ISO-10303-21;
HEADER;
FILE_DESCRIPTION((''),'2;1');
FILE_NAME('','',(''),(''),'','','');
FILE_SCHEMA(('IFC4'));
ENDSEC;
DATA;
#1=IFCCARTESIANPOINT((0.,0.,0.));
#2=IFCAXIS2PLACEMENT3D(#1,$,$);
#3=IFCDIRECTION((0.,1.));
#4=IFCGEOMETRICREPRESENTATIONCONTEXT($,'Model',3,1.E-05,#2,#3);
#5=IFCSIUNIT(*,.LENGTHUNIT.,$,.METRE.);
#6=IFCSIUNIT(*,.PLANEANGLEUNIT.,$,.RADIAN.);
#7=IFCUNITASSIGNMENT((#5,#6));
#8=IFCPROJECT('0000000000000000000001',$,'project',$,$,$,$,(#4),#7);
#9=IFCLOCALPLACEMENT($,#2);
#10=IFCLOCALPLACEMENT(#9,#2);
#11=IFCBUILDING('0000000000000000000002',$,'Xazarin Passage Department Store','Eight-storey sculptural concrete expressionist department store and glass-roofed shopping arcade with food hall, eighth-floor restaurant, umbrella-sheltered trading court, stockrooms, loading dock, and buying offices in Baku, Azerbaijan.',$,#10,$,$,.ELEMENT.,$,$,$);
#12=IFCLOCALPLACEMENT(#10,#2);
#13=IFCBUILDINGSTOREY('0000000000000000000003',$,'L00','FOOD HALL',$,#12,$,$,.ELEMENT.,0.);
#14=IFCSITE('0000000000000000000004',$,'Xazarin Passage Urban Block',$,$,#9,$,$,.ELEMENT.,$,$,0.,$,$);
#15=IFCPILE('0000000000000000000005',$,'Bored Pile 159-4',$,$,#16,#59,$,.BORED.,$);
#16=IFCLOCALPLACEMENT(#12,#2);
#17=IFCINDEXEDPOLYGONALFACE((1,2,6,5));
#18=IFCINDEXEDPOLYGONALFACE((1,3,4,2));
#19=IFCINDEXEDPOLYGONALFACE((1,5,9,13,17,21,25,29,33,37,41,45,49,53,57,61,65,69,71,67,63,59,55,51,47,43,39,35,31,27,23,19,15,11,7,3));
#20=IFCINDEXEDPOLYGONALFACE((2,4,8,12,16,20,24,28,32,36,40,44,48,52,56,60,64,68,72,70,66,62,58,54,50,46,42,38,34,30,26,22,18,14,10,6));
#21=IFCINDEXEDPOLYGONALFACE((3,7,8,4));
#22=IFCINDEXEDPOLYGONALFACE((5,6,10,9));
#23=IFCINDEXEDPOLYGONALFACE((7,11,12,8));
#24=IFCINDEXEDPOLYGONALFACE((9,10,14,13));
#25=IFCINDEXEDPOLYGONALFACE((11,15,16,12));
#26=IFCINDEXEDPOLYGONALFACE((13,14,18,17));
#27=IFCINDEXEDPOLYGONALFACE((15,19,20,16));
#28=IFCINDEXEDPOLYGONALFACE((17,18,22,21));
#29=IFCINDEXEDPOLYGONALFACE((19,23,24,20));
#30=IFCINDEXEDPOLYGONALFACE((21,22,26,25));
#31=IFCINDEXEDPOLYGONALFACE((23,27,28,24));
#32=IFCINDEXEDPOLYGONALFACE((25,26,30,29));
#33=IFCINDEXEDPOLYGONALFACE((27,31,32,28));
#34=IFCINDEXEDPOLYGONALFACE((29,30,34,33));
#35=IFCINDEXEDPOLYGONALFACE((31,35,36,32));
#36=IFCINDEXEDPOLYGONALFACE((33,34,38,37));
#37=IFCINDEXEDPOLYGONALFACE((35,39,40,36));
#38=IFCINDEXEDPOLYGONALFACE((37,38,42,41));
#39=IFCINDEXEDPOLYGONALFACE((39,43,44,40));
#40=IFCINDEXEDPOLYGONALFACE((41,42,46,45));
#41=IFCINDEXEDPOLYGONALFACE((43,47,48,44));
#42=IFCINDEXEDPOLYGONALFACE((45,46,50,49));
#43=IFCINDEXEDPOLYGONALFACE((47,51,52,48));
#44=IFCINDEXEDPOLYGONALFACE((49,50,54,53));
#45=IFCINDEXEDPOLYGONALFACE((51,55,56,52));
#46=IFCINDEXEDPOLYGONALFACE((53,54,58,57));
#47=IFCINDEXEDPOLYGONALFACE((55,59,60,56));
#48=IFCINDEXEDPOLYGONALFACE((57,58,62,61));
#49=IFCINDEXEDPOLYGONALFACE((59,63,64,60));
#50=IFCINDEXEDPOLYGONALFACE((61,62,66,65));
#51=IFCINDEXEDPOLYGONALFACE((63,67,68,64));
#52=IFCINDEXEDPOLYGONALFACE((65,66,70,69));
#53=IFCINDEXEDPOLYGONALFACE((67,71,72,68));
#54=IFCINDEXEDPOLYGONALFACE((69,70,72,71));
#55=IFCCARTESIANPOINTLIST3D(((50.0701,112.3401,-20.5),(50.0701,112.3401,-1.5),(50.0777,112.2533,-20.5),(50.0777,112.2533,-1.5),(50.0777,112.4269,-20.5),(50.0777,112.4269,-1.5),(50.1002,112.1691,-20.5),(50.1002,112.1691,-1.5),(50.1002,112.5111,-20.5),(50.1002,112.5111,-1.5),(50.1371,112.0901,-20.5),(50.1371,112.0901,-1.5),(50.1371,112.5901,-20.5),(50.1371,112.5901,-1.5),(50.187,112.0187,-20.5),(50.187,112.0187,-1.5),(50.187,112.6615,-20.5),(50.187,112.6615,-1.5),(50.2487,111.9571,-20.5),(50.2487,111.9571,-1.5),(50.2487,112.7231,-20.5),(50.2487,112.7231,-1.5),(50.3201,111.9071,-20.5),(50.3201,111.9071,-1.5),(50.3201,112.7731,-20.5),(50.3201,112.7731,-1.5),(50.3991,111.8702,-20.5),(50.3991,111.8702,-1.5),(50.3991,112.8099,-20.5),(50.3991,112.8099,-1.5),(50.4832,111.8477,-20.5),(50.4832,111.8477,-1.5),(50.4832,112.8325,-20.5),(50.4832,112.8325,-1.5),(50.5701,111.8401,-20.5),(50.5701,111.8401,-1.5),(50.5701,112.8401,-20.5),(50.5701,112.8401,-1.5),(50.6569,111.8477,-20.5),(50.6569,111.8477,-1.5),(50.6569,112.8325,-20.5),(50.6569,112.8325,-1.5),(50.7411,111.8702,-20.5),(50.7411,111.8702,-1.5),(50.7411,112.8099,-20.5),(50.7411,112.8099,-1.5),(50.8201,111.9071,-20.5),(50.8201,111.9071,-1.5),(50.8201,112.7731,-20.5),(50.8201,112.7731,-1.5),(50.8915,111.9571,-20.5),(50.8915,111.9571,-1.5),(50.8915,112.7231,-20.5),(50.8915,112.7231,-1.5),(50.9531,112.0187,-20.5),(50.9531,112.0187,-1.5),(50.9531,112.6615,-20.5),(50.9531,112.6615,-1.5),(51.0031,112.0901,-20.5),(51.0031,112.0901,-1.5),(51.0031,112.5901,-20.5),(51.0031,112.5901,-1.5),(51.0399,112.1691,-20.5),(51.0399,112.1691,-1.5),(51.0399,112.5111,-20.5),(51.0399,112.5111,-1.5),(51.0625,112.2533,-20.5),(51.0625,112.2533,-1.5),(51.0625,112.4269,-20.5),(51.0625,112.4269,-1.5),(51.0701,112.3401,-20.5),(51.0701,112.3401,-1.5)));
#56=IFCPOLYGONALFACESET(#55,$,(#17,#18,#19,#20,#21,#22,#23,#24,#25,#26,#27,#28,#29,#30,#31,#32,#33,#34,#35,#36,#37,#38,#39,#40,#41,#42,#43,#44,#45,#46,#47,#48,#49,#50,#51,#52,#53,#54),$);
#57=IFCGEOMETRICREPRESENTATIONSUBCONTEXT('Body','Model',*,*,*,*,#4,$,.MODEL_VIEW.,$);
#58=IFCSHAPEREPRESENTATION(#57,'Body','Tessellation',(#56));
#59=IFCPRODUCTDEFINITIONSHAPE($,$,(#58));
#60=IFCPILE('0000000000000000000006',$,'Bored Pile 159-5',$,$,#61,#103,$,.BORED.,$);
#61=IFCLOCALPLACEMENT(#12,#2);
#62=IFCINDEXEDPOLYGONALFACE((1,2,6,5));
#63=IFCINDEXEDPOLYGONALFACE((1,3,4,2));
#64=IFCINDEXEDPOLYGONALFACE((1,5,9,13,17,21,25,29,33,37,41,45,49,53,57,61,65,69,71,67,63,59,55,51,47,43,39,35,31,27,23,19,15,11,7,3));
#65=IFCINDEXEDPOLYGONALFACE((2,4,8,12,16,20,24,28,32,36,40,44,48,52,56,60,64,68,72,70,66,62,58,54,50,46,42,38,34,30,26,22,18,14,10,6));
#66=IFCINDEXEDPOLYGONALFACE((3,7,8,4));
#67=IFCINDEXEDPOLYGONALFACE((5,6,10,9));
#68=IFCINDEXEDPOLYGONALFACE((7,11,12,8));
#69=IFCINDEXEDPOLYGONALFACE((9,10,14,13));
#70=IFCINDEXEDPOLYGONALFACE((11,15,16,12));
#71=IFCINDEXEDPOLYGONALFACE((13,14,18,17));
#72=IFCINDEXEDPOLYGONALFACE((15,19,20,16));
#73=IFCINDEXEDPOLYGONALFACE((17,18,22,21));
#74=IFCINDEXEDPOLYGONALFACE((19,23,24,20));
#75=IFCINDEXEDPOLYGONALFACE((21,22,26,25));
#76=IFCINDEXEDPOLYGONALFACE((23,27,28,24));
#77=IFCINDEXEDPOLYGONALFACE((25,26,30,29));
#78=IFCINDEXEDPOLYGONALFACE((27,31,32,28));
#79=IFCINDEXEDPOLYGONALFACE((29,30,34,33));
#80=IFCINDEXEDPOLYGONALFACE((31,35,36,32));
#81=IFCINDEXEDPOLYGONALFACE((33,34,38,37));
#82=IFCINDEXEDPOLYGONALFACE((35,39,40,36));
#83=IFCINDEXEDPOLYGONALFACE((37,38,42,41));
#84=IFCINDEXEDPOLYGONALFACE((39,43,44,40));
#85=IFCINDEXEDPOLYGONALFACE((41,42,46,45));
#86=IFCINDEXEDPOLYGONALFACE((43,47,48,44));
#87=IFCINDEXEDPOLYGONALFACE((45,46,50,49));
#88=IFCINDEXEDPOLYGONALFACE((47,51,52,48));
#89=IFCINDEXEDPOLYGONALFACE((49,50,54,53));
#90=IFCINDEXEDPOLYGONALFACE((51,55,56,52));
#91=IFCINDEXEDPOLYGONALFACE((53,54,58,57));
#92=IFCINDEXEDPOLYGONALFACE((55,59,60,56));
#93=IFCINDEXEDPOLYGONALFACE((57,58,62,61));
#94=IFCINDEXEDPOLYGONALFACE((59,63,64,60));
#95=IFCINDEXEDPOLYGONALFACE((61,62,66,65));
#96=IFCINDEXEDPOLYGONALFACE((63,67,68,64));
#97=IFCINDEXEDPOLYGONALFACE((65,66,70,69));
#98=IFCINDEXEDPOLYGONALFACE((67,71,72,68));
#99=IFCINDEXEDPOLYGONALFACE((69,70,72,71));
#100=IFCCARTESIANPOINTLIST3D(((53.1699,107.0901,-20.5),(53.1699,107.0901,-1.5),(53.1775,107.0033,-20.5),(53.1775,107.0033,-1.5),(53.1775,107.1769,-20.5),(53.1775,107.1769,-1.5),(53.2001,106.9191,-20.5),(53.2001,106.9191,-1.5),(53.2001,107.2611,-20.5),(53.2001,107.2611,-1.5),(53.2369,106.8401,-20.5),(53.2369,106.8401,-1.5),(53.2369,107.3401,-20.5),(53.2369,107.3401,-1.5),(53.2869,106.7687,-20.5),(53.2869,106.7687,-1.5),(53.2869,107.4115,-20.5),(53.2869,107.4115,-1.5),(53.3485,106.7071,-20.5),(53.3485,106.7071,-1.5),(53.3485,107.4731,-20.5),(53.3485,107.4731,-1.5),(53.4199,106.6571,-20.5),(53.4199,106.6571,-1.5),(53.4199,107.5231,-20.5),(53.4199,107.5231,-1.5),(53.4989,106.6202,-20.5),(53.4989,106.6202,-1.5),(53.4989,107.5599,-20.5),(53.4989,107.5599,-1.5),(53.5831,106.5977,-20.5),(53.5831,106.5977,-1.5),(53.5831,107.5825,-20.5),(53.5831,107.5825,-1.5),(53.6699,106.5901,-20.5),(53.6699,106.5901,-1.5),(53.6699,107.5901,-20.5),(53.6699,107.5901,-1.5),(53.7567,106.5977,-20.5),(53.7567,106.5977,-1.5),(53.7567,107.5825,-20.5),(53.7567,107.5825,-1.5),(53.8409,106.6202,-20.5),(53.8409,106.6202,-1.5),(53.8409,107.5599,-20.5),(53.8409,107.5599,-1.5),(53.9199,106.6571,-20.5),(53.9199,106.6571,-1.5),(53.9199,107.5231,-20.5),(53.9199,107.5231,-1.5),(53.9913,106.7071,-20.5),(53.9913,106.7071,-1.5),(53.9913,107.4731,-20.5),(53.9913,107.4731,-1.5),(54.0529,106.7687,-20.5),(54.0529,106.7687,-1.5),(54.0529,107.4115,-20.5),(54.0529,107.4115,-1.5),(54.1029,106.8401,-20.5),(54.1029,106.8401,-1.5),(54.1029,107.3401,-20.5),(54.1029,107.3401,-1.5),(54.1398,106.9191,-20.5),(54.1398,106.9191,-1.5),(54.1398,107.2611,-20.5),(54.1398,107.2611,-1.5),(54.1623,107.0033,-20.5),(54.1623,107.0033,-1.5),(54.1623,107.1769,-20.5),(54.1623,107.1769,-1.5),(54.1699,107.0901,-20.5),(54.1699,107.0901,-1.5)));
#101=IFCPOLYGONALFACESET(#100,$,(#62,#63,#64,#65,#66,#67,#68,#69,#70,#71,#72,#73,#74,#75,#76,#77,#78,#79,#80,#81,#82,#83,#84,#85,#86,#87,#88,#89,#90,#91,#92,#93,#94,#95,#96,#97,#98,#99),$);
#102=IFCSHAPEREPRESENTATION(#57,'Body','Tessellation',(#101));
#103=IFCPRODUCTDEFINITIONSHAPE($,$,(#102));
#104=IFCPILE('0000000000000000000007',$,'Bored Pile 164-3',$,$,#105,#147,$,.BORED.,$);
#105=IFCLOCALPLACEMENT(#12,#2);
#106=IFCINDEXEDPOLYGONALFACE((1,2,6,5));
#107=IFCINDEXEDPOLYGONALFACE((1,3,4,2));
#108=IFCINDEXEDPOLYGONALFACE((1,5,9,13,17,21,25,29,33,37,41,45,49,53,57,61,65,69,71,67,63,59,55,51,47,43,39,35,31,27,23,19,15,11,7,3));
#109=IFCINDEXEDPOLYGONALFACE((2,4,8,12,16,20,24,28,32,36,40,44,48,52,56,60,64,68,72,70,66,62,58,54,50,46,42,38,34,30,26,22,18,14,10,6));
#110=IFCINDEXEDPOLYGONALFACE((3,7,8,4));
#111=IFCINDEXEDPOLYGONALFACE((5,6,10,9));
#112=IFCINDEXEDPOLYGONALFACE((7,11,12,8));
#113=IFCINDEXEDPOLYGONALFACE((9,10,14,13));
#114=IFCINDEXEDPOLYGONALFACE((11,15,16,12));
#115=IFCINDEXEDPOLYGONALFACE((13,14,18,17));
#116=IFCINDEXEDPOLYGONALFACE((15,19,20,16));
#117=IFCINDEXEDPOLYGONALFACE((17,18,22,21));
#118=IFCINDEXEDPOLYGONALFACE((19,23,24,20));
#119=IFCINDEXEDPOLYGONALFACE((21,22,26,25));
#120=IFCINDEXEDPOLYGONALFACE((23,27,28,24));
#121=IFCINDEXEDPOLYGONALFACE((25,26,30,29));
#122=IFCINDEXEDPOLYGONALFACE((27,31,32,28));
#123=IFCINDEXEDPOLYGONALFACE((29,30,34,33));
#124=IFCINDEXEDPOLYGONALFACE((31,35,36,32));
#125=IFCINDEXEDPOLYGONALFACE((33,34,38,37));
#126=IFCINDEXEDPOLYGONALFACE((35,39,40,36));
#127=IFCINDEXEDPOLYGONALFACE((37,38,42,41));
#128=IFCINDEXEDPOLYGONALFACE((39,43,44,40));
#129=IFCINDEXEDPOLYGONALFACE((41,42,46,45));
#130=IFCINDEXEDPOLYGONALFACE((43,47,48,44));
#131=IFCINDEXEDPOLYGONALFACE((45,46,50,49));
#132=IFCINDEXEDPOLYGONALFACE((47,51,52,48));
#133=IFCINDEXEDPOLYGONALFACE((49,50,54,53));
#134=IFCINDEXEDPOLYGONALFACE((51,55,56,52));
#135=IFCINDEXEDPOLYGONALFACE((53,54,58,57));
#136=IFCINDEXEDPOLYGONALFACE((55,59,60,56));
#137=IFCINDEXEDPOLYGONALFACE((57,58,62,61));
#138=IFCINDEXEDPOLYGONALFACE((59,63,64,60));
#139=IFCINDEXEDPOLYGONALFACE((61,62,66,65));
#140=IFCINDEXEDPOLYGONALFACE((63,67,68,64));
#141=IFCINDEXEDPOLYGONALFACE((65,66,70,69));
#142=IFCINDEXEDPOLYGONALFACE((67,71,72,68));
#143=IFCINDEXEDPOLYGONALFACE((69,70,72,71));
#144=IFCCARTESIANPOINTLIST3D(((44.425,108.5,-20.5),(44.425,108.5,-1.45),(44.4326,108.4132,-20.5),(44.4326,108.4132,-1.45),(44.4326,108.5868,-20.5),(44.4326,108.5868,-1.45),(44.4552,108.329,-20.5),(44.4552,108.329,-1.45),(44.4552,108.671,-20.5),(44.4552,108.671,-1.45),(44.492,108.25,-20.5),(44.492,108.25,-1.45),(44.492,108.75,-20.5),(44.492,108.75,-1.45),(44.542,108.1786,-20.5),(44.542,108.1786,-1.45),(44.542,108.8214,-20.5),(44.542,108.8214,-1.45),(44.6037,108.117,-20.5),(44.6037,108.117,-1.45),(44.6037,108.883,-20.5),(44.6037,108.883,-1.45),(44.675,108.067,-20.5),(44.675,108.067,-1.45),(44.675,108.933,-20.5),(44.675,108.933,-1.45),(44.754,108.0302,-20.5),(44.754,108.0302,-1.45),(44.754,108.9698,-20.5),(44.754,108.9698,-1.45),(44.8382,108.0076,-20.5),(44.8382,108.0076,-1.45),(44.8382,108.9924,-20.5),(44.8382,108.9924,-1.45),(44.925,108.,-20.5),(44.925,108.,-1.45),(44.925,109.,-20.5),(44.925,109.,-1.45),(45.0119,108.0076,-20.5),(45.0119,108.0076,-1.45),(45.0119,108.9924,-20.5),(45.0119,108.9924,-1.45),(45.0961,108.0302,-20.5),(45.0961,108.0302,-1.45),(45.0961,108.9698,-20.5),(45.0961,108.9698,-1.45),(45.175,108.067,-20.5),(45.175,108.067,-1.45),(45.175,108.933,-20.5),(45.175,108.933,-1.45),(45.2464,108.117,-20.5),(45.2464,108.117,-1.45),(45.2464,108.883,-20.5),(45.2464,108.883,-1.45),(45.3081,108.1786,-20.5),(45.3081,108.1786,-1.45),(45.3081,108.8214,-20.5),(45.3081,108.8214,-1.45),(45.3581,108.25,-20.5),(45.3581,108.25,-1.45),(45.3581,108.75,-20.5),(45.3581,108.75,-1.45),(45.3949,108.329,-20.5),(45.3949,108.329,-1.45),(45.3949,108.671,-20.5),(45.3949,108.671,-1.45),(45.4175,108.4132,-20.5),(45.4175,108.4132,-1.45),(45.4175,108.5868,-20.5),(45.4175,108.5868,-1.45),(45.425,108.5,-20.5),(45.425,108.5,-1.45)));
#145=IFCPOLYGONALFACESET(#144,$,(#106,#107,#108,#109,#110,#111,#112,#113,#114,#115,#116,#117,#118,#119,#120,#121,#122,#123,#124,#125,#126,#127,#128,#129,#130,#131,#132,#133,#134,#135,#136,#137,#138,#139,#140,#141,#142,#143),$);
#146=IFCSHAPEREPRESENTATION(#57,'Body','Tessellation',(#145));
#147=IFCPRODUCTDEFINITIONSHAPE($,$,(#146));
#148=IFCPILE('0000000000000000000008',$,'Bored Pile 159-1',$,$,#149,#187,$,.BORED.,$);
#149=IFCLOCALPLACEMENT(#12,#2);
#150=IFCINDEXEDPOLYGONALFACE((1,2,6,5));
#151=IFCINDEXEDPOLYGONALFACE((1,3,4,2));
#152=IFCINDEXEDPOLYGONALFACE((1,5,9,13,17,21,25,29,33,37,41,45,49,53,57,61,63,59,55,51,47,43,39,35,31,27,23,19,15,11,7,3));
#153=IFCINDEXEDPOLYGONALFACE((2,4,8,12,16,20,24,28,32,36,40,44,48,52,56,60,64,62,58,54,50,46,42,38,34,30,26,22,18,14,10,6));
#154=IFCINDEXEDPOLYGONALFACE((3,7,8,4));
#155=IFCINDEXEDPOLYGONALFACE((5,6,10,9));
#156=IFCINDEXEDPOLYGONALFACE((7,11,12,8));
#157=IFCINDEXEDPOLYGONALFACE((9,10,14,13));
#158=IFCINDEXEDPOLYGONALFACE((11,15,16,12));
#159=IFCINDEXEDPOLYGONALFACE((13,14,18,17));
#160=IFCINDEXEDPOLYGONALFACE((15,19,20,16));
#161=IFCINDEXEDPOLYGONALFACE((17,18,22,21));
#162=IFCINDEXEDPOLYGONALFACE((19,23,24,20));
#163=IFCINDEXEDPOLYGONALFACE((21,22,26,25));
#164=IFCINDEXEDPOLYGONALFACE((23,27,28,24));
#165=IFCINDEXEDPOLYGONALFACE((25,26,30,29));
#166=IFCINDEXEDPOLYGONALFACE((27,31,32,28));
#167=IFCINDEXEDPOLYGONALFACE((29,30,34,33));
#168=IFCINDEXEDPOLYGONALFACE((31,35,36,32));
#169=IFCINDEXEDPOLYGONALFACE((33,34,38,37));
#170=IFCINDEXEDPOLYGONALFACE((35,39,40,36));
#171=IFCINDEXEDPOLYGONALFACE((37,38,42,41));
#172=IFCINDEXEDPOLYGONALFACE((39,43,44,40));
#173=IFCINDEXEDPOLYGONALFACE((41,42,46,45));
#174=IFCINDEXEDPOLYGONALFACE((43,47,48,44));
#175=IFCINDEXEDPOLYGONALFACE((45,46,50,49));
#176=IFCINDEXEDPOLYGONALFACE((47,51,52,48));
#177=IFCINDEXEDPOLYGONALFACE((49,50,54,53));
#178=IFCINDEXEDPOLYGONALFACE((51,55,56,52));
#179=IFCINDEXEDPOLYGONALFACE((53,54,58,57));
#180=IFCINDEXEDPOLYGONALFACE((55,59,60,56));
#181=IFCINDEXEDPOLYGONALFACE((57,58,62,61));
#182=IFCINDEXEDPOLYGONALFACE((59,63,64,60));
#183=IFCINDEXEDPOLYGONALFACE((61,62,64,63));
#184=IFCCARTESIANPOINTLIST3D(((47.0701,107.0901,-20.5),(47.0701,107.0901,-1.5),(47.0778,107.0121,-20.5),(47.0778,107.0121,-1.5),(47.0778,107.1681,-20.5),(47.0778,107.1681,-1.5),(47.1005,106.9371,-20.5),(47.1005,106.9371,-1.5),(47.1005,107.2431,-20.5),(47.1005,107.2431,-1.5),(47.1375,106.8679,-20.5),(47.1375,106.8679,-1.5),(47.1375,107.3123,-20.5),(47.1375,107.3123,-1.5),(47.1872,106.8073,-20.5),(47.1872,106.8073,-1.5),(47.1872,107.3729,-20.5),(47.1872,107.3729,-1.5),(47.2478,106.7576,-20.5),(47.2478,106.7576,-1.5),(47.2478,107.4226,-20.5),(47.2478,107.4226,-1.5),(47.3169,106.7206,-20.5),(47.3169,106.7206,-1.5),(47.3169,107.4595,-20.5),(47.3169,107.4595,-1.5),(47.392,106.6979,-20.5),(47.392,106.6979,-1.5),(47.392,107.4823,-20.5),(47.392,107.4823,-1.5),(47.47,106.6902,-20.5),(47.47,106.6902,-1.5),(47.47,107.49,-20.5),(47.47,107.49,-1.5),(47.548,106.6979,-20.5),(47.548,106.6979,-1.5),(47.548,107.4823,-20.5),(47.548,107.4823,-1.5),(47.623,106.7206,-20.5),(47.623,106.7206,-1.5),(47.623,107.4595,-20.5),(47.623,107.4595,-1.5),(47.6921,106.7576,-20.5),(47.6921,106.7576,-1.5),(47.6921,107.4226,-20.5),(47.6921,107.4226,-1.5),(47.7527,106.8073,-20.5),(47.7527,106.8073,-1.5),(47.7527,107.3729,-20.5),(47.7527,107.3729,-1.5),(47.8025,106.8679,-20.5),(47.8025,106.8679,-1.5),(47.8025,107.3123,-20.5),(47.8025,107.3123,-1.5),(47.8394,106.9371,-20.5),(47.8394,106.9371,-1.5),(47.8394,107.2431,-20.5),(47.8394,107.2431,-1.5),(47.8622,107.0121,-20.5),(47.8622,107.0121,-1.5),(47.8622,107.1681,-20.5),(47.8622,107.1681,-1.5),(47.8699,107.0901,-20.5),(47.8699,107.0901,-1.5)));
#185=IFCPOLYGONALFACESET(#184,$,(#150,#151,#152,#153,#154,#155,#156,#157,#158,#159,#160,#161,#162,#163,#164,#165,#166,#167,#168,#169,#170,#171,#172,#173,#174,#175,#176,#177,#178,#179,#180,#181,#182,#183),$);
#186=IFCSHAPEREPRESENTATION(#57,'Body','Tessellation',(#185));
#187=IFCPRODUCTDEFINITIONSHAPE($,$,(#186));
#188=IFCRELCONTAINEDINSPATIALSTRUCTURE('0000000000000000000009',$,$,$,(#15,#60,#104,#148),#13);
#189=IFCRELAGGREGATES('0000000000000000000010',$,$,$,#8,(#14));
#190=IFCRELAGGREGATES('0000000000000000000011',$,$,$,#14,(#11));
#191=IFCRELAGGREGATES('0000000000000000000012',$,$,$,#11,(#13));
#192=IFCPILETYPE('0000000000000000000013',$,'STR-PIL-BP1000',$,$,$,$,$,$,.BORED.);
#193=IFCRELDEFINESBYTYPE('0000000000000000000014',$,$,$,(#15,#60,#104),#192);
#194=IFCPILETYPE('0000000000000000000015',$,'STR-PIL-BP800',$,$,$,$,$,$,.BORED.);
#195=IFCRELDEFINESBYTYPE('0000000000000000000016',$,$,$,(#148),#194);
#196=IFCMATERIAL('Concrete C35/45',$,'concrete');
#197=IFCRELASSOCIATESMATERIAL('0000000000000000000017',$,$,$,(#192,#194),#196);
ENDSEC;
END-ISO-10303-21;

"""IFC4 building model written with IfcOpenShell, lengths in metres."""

from ifc_helpers import new_model, si_unit, direction, frame, origin, origin_2d, place, context, subcontext, project, spatial, circle, extrude, material, material_profile, profile_set, type_object, element, save


model = new_model("IFC4")

# Units and contexts
model_context = context("Model", 3, precision=1e-05, world=origin(), true_north=direction((0.0, 1.0)))
body_context = subcontext(model_context, "Body", "Model", "MODEL_VIEW")
ifc_project = project(units=[si_unit("LENGTHUNIT", "METRE"), si_unit("PLANEANGLEUNIT", "RADIAN")], contexts=[model_context])

# Site, building, storey
site_placement = place(None, origin())
site = spatial("IfcSite", under=ifc_project, at=site_placement, Name="Xazarin Passage Urban Block", CompositionType="ELEMENT", RefElevation=0.0)
building_placement = place(site_placement, origin())
building = spatial("IfcBuilding", under=site, at=building_placement, Name="Xazarin Passage Department Store", Description="Eight-storey sculptural concrete expressionist department store and glass-roofed shopping arcade with food hall, eighth-floor restaurant, umbrella-sheltered trading court, stockrooms, loading dock, and buying offices in Baku, Azerbaijan.", CompositionType="ELEMENT")
storey_placement = place(building_placement, origin())
storey = spatial("IfcBuildingStorey", under=building, at=storey_placement, Name="L00", Description="FOOD HALL", CompositionType="ELEMENT", Elevation=0.0)

# Shared definitions
ifc_material_1 = material(Name="Concrete C35/45", Category="concrete")

# Piles
ifc_material_profile_1 = material_profile(ifc_material_1, circle(Radius=0.5, at=origin_2d()), Name="BP 1000")
ifc_profile_set_1 = profile_set([ifc_material_profile_1], Name="Concrete C35/45")
pile_type_1 = type_object("IfcPileType", Name="STR-PIL-BP1000", PredefinedType="BORED", material=ifc_profile_set_1)
for number, where, z_axis, x_axis, name in (
    (1, (50.5701, 112.3401, -1.5), (0.0, 0.0, -1.0), (1.0, 0.0, 0.0), "Bored Pile 159-4"),
    (2, (53.6699, 107.0901, -1.5), (0.0, 0.0, -1.0), (1.0, 0.0, 0.0), "Bored Pile 159-5"),
):
    element("IfcPile", number, at=place(storey_placement, frame(where, z_axis=z_axis, x_axis=x_axis)), inside=storey, type_object=pile_type_1, Name=name, PredefinedType="BORED", context=body_context, shape_type="SweptSolid", body=[
        extrude(circle(Radius=0.5, at=origin_2d()), origin(), (0.0, 0.0, 1.0), 19.0),
    ])
pile_placement = place(storey_placement, frame((44.925, 108.5, -1.45), z_axis=(0.0, 0.0, -1.0), x_axis=(1.0, 0.0, 0.0)))
element("IfcPile", 3, at=pile_placement, inside=storey, type_object=pile_type_1, Name="Bored Pile 164-3", PredefinedType="BORED", context=body_context, shape_type="SweptSolid", body=[
    extrude(circle(Radius=0.5, at=origin_2d()), origin(), (0.0, 0.0, 1.0), 19.05),
])
ifc_material_profile_2 = material_profile(ifc_material_1, circle(Radius=0.3999, at=origin_2d()), Name="BP 800")
ifc_profile_set_2 = profile_set([ifc_material_profile_2], Name="Concrete C35/45")
pile_type_2 = type_object("IfcPileType", Name="STR-PIL-BP800", PredefinedType="BORED", material=ifc_profile_set_2)
for number, where, z_axis, x_axis, name in (
    (4, (47.47, 107.0901, -1.5), (0.0, 0.0, -1.0), (1.0, 0.0, 0.0), "Bored Pile 159-1"),
):
    element("IfcPile", number, at=place(storey_placement, frame(where, z_axis=z_axis, x_axis=x_axis)), inside=storey, type_object=pile_type_2, Name=name, PredefinedType="BORED", context=body_context, shape_type="SweptSolid", body=[
        extrude(circle(Radius=0.3999, at=origin_2d()), origin(), (0.0, 0.0, 1.0), 19.0),
    ])

save(model, "model.ifc")
